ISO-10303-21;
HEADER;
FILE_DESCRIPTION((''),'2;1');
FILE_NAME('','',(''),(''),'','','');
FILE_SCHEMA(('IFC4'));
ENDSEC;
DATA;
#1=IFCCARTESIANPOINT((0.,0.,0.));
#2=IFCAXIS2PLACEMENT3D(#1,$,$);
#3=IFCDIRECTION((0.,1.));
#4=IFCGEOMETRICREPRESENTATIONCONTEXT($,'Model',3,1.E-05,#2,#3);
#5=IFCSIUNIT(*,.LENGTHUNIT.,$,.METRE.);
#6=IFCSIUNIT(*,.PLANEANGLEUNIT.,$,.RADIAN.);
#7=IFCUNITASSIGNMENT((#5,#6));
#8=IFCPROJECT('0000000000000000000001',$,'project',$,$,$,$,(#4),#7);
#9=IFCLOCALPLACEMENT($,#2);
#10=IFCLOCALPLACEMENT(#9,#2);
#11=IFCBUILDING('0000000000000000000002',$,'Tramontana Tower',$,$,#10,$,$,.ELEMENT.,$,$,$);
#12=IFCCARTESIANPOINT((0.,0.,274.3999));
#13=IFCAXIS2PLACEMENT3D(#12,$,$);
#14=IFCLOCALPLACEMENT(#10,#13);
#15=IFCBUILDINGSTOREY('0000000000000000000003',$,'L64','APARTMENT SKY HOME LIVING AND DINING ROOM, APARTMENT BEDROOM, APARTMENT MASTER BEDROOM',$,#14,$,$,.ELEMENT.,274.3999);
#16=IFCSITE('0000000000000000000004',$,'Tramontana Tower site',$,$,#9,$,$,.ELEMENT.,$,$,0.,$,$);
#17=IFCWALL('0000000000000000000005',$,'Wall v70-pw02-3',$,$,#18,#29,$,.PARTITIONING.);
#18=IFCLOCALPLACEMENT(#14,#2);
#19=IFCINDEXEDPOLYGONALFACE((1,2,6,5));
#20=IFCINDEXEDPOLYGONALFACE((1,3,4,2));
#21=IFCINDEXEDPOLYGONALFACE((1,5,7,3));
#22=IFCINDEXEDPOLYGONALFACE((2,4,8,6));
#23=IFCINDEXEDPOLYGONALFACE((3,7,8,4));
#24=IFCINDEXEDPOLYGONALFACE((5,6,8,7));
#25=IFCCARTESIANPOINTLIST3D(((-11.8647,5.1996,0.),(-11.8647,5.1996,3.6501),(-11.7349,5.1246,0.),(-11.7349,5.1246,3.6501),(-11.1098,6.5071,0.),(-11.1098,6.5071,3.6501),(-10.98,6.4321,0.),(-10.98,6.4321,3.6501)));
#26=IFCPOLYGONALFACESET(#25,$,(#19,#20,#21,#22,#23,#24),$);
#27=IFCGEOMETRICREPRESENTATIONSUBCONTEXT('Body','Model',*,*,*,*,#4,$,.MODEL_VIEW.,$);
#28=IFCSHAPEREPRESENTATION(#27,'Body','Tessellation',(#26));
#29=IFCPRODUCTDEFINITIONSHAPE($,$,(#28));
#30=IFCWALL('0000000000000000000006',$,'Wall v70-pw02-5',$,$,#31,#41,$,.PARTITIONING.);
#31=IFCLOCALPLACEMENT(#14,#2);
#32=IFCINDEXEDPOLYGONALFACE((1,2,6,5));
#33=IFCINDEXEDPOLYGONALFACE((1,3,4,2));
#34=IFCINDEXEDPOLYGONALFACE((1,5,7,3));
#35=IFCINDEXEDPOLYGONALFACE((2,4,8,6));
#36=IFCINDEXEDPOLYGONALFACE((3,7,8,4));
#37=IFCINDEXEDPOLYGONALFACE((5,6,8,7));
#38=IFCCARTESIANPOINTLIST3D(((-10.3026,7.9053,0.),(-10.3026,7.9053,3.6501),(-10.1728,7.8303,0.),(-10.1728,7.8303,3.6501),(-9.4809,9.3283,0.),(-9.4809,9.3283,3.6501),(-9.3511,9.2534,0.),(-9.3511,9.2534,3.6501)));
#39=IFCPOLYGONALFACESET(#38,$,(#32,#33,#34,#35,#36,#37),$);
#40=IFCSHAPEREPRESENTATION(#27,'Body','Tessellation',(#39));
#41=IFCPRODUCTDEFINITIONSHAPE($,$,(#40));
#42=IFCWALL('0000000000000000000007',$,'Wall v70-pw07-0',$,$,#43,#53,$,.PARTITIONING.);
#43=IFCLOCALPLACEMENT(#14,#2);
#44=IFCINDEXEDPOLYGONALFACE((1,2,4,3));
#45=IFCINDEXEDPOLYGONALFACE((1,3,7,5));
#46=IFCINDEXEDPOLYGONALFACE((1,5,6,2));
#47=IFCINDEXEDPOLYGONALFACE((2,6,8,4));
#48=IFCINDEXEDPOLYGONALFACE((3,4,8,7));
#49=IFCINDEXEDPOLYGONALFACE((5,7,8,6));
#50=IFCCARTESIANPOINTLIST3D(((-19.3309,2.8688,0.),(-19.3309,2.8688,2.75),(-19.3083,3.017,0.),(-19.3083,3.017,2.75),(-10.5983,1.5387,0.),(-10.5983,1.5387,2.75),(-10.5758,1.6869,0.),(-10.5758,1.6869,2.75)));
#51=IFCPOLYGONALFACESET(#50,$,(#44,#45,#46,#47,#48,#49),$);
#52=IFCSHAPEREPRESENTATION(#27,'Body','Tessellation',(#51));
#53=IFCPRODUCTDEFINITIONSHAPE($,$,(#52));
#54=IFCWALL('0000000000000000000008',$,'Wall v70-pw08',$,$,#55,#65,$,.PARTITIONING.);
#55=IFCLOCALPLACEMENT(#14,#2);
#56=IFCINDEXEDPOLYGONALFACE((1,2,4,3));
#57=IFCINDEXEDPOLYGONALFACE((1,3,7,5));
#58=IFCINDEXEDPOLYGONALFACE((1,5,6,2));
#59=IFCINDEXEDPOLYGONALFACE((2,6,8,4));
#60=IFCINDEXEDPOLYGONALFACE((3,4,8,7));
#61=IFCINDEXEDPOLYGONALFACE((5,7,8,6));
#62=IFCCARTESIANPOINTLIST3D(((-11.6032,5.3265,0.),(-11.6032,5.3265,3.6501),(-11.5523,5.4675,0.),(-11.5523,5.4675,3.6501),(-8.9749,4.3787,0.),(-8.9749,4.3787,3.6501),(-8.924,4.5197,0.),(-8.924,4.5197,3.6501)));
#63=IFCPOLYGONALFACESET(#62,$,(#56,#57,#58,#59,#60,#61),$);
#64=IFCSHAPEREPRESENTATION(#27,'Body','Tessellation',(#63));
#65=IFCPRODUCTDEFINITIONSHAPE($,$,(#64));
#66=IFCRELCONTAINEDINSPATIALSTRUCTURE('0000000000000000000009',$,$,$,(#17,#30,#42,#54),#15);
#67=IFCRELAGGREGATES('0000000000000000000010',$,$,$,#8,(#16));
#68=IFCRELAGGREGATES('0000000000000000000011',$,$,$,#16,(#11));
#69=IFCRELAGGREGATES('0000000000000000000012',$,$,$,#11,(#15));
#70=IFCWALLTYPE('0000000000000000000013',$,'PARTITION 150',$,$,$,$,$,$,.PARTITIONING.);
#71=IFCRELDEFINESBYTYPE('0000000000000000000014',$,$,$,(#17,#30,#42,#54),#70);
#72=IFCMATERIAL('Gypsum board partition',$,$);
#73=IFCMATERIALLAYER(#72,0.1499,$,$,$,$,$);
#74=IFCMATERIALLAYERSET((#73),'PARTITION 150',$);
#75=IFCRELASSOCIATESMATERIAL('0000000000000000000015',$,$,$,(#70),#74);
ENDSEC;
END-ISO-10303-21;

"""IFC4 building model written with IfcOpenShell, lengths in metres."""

from ifc_helpers import new_model, si_unit, direction, frame, frame_2d, origin, place, context, subcontext, project, spatial, rectangle, extrude, material, layer, layer_set, type_object, element, save


model = new_model("IFC4")

# Units and contexts
model_context = context("Model", 3, precision=1e-05, world=origin(), true_north=direction((0.0, 1.0)))
body_context = subcontext(model_context, "Body", "Model", "MODEL_VIEW")
ifc_project = project(units=[si_unit("LENGTHUNIT", "METRE"), si_unit("PLANEANGLEUNIT", "RADIAN")], contexts=[model_context])

# Site, building, storey
site_placement = place(None, origin())
site = spatial("IfcSite", under=ifc_project, at=site_placement, Name="Tramontana Tower site", CompositionType="ELEMENT", RefElevation=0.0)
building_placement = place(site_placement, origin())
building = spatial("IfcBuilding", under=site, at=building_placement, Name="Tramontana Tower", CompositionType="ELEMENT")
storey_placement = place(building_placement, frame((0.0, 0.0, 274.3999)))
storey = spatial("IfcBuildingStorey", under=building, at=storey_placement, Name="L64", Description="APARTMENT SKY HOME LIVING AND DINING ROOM, APARTMENT BEDROOM, APARTMENT MASTER BEDROOM", CompositionType="ELEMENT", Elevation=274.3999)

# Shared definitions
ifc_material_1 = material(Name="Gypsum board partition")
ifc_layer_1 = layer(ifc_material_1, 0.1499)
ifc_layer_set_1 = layer_set([ifc_layer_1], Name="PARTITION 150")
wall_type_1 = type_object("IfcWallType", Name="PARTITION 150", PredefinedType="PARTITIONING", material=ifc_layer_set_1)

# Wall
wall_1_placement = place(storey_placement, frame((-11.7998, 5.1621, 0.0), z_axis=(0.0, 0.0, 1.0), x_axis=(0.500035, 0.866005, 0.0)))
element("IfcWall", 1, at=wall_1_placement, inside=storey, type_object=wall_type_1, Name="Wall v70-pw02-3", PredefinedType="PARTITIONING", context=body_context, shape_type="SweptSolid", body=[
    extrude(rectangle(XDim=1.5098, YDim=0.1499, at=frame_2d((0.7549, 0.0))), origin(), (0.0, 0.0, 1.0), 3.6501),
])

# Walls
wall_2_placement = place(storey_placement, frame((-10.2378, 7.8677, 0.0), z_axis=(0.0, 0.0, 1.0), x_axis=(0.50007, 0.865985, 0.0)))
element("IfcWall", 2, at=wall_2_placement, inside=storey, type_object=wall_type_1, Name="Wall v70-pw02-5", PredefinedType="PARTITIONING", context=body_context, shape_type="SweptSolid", body=[
    extrude(rectangle(XDim=1.6433, YDim=0.1499, at=frame_2d((0.8218, 0.0))), origin(), (0.0, 0.0, 1.0), 3.6501),
])
wall_3_placement = place(storey_placement, frame((-10.5872, 1.6128, 0.0), z_axis=(0.0, 0.0, 1.0), x_axis=(-0.988598, 0.150578, 0.0)))
element("IfcWall", 3, at=wall_3_placement, inside=storey, type_object=wall_type_1, Name="Wall v70-pw07-0", PredefinedType="PARTITIONING", context=body_context, shape_type="SweptSolid", body=[
    extrude(rectangle(XDim=8.8333, YDim=0.1499, at=frame_2d((4.4165, 0.0))), origin(), (0.0, 0.0, 1.0), 2.75),
])
wall_4_placement = place(storey_placement, frame((-8.9495, 4.4492, 0.0), z_axis=(0.0, 0.0, 1.0), x_axis=(-0.940703, 0.33923, 0.0)))
element("IfcWall", 4, at=wall_4_placement, inside=storey, type_object=wall_type_1, Name="Wall v70-pw08", PredefinedType="PARTITIONING", context=body_context, shape_type="SweptSolid", body=[
    extrude(rectangle(XDim=2.7939, YDim=0.1499, at=frame_2d((1.397, 0.0))), origin(), (0.0, 0.0, 1.0), 3.6501),
])

save(model, "model.ifc")
